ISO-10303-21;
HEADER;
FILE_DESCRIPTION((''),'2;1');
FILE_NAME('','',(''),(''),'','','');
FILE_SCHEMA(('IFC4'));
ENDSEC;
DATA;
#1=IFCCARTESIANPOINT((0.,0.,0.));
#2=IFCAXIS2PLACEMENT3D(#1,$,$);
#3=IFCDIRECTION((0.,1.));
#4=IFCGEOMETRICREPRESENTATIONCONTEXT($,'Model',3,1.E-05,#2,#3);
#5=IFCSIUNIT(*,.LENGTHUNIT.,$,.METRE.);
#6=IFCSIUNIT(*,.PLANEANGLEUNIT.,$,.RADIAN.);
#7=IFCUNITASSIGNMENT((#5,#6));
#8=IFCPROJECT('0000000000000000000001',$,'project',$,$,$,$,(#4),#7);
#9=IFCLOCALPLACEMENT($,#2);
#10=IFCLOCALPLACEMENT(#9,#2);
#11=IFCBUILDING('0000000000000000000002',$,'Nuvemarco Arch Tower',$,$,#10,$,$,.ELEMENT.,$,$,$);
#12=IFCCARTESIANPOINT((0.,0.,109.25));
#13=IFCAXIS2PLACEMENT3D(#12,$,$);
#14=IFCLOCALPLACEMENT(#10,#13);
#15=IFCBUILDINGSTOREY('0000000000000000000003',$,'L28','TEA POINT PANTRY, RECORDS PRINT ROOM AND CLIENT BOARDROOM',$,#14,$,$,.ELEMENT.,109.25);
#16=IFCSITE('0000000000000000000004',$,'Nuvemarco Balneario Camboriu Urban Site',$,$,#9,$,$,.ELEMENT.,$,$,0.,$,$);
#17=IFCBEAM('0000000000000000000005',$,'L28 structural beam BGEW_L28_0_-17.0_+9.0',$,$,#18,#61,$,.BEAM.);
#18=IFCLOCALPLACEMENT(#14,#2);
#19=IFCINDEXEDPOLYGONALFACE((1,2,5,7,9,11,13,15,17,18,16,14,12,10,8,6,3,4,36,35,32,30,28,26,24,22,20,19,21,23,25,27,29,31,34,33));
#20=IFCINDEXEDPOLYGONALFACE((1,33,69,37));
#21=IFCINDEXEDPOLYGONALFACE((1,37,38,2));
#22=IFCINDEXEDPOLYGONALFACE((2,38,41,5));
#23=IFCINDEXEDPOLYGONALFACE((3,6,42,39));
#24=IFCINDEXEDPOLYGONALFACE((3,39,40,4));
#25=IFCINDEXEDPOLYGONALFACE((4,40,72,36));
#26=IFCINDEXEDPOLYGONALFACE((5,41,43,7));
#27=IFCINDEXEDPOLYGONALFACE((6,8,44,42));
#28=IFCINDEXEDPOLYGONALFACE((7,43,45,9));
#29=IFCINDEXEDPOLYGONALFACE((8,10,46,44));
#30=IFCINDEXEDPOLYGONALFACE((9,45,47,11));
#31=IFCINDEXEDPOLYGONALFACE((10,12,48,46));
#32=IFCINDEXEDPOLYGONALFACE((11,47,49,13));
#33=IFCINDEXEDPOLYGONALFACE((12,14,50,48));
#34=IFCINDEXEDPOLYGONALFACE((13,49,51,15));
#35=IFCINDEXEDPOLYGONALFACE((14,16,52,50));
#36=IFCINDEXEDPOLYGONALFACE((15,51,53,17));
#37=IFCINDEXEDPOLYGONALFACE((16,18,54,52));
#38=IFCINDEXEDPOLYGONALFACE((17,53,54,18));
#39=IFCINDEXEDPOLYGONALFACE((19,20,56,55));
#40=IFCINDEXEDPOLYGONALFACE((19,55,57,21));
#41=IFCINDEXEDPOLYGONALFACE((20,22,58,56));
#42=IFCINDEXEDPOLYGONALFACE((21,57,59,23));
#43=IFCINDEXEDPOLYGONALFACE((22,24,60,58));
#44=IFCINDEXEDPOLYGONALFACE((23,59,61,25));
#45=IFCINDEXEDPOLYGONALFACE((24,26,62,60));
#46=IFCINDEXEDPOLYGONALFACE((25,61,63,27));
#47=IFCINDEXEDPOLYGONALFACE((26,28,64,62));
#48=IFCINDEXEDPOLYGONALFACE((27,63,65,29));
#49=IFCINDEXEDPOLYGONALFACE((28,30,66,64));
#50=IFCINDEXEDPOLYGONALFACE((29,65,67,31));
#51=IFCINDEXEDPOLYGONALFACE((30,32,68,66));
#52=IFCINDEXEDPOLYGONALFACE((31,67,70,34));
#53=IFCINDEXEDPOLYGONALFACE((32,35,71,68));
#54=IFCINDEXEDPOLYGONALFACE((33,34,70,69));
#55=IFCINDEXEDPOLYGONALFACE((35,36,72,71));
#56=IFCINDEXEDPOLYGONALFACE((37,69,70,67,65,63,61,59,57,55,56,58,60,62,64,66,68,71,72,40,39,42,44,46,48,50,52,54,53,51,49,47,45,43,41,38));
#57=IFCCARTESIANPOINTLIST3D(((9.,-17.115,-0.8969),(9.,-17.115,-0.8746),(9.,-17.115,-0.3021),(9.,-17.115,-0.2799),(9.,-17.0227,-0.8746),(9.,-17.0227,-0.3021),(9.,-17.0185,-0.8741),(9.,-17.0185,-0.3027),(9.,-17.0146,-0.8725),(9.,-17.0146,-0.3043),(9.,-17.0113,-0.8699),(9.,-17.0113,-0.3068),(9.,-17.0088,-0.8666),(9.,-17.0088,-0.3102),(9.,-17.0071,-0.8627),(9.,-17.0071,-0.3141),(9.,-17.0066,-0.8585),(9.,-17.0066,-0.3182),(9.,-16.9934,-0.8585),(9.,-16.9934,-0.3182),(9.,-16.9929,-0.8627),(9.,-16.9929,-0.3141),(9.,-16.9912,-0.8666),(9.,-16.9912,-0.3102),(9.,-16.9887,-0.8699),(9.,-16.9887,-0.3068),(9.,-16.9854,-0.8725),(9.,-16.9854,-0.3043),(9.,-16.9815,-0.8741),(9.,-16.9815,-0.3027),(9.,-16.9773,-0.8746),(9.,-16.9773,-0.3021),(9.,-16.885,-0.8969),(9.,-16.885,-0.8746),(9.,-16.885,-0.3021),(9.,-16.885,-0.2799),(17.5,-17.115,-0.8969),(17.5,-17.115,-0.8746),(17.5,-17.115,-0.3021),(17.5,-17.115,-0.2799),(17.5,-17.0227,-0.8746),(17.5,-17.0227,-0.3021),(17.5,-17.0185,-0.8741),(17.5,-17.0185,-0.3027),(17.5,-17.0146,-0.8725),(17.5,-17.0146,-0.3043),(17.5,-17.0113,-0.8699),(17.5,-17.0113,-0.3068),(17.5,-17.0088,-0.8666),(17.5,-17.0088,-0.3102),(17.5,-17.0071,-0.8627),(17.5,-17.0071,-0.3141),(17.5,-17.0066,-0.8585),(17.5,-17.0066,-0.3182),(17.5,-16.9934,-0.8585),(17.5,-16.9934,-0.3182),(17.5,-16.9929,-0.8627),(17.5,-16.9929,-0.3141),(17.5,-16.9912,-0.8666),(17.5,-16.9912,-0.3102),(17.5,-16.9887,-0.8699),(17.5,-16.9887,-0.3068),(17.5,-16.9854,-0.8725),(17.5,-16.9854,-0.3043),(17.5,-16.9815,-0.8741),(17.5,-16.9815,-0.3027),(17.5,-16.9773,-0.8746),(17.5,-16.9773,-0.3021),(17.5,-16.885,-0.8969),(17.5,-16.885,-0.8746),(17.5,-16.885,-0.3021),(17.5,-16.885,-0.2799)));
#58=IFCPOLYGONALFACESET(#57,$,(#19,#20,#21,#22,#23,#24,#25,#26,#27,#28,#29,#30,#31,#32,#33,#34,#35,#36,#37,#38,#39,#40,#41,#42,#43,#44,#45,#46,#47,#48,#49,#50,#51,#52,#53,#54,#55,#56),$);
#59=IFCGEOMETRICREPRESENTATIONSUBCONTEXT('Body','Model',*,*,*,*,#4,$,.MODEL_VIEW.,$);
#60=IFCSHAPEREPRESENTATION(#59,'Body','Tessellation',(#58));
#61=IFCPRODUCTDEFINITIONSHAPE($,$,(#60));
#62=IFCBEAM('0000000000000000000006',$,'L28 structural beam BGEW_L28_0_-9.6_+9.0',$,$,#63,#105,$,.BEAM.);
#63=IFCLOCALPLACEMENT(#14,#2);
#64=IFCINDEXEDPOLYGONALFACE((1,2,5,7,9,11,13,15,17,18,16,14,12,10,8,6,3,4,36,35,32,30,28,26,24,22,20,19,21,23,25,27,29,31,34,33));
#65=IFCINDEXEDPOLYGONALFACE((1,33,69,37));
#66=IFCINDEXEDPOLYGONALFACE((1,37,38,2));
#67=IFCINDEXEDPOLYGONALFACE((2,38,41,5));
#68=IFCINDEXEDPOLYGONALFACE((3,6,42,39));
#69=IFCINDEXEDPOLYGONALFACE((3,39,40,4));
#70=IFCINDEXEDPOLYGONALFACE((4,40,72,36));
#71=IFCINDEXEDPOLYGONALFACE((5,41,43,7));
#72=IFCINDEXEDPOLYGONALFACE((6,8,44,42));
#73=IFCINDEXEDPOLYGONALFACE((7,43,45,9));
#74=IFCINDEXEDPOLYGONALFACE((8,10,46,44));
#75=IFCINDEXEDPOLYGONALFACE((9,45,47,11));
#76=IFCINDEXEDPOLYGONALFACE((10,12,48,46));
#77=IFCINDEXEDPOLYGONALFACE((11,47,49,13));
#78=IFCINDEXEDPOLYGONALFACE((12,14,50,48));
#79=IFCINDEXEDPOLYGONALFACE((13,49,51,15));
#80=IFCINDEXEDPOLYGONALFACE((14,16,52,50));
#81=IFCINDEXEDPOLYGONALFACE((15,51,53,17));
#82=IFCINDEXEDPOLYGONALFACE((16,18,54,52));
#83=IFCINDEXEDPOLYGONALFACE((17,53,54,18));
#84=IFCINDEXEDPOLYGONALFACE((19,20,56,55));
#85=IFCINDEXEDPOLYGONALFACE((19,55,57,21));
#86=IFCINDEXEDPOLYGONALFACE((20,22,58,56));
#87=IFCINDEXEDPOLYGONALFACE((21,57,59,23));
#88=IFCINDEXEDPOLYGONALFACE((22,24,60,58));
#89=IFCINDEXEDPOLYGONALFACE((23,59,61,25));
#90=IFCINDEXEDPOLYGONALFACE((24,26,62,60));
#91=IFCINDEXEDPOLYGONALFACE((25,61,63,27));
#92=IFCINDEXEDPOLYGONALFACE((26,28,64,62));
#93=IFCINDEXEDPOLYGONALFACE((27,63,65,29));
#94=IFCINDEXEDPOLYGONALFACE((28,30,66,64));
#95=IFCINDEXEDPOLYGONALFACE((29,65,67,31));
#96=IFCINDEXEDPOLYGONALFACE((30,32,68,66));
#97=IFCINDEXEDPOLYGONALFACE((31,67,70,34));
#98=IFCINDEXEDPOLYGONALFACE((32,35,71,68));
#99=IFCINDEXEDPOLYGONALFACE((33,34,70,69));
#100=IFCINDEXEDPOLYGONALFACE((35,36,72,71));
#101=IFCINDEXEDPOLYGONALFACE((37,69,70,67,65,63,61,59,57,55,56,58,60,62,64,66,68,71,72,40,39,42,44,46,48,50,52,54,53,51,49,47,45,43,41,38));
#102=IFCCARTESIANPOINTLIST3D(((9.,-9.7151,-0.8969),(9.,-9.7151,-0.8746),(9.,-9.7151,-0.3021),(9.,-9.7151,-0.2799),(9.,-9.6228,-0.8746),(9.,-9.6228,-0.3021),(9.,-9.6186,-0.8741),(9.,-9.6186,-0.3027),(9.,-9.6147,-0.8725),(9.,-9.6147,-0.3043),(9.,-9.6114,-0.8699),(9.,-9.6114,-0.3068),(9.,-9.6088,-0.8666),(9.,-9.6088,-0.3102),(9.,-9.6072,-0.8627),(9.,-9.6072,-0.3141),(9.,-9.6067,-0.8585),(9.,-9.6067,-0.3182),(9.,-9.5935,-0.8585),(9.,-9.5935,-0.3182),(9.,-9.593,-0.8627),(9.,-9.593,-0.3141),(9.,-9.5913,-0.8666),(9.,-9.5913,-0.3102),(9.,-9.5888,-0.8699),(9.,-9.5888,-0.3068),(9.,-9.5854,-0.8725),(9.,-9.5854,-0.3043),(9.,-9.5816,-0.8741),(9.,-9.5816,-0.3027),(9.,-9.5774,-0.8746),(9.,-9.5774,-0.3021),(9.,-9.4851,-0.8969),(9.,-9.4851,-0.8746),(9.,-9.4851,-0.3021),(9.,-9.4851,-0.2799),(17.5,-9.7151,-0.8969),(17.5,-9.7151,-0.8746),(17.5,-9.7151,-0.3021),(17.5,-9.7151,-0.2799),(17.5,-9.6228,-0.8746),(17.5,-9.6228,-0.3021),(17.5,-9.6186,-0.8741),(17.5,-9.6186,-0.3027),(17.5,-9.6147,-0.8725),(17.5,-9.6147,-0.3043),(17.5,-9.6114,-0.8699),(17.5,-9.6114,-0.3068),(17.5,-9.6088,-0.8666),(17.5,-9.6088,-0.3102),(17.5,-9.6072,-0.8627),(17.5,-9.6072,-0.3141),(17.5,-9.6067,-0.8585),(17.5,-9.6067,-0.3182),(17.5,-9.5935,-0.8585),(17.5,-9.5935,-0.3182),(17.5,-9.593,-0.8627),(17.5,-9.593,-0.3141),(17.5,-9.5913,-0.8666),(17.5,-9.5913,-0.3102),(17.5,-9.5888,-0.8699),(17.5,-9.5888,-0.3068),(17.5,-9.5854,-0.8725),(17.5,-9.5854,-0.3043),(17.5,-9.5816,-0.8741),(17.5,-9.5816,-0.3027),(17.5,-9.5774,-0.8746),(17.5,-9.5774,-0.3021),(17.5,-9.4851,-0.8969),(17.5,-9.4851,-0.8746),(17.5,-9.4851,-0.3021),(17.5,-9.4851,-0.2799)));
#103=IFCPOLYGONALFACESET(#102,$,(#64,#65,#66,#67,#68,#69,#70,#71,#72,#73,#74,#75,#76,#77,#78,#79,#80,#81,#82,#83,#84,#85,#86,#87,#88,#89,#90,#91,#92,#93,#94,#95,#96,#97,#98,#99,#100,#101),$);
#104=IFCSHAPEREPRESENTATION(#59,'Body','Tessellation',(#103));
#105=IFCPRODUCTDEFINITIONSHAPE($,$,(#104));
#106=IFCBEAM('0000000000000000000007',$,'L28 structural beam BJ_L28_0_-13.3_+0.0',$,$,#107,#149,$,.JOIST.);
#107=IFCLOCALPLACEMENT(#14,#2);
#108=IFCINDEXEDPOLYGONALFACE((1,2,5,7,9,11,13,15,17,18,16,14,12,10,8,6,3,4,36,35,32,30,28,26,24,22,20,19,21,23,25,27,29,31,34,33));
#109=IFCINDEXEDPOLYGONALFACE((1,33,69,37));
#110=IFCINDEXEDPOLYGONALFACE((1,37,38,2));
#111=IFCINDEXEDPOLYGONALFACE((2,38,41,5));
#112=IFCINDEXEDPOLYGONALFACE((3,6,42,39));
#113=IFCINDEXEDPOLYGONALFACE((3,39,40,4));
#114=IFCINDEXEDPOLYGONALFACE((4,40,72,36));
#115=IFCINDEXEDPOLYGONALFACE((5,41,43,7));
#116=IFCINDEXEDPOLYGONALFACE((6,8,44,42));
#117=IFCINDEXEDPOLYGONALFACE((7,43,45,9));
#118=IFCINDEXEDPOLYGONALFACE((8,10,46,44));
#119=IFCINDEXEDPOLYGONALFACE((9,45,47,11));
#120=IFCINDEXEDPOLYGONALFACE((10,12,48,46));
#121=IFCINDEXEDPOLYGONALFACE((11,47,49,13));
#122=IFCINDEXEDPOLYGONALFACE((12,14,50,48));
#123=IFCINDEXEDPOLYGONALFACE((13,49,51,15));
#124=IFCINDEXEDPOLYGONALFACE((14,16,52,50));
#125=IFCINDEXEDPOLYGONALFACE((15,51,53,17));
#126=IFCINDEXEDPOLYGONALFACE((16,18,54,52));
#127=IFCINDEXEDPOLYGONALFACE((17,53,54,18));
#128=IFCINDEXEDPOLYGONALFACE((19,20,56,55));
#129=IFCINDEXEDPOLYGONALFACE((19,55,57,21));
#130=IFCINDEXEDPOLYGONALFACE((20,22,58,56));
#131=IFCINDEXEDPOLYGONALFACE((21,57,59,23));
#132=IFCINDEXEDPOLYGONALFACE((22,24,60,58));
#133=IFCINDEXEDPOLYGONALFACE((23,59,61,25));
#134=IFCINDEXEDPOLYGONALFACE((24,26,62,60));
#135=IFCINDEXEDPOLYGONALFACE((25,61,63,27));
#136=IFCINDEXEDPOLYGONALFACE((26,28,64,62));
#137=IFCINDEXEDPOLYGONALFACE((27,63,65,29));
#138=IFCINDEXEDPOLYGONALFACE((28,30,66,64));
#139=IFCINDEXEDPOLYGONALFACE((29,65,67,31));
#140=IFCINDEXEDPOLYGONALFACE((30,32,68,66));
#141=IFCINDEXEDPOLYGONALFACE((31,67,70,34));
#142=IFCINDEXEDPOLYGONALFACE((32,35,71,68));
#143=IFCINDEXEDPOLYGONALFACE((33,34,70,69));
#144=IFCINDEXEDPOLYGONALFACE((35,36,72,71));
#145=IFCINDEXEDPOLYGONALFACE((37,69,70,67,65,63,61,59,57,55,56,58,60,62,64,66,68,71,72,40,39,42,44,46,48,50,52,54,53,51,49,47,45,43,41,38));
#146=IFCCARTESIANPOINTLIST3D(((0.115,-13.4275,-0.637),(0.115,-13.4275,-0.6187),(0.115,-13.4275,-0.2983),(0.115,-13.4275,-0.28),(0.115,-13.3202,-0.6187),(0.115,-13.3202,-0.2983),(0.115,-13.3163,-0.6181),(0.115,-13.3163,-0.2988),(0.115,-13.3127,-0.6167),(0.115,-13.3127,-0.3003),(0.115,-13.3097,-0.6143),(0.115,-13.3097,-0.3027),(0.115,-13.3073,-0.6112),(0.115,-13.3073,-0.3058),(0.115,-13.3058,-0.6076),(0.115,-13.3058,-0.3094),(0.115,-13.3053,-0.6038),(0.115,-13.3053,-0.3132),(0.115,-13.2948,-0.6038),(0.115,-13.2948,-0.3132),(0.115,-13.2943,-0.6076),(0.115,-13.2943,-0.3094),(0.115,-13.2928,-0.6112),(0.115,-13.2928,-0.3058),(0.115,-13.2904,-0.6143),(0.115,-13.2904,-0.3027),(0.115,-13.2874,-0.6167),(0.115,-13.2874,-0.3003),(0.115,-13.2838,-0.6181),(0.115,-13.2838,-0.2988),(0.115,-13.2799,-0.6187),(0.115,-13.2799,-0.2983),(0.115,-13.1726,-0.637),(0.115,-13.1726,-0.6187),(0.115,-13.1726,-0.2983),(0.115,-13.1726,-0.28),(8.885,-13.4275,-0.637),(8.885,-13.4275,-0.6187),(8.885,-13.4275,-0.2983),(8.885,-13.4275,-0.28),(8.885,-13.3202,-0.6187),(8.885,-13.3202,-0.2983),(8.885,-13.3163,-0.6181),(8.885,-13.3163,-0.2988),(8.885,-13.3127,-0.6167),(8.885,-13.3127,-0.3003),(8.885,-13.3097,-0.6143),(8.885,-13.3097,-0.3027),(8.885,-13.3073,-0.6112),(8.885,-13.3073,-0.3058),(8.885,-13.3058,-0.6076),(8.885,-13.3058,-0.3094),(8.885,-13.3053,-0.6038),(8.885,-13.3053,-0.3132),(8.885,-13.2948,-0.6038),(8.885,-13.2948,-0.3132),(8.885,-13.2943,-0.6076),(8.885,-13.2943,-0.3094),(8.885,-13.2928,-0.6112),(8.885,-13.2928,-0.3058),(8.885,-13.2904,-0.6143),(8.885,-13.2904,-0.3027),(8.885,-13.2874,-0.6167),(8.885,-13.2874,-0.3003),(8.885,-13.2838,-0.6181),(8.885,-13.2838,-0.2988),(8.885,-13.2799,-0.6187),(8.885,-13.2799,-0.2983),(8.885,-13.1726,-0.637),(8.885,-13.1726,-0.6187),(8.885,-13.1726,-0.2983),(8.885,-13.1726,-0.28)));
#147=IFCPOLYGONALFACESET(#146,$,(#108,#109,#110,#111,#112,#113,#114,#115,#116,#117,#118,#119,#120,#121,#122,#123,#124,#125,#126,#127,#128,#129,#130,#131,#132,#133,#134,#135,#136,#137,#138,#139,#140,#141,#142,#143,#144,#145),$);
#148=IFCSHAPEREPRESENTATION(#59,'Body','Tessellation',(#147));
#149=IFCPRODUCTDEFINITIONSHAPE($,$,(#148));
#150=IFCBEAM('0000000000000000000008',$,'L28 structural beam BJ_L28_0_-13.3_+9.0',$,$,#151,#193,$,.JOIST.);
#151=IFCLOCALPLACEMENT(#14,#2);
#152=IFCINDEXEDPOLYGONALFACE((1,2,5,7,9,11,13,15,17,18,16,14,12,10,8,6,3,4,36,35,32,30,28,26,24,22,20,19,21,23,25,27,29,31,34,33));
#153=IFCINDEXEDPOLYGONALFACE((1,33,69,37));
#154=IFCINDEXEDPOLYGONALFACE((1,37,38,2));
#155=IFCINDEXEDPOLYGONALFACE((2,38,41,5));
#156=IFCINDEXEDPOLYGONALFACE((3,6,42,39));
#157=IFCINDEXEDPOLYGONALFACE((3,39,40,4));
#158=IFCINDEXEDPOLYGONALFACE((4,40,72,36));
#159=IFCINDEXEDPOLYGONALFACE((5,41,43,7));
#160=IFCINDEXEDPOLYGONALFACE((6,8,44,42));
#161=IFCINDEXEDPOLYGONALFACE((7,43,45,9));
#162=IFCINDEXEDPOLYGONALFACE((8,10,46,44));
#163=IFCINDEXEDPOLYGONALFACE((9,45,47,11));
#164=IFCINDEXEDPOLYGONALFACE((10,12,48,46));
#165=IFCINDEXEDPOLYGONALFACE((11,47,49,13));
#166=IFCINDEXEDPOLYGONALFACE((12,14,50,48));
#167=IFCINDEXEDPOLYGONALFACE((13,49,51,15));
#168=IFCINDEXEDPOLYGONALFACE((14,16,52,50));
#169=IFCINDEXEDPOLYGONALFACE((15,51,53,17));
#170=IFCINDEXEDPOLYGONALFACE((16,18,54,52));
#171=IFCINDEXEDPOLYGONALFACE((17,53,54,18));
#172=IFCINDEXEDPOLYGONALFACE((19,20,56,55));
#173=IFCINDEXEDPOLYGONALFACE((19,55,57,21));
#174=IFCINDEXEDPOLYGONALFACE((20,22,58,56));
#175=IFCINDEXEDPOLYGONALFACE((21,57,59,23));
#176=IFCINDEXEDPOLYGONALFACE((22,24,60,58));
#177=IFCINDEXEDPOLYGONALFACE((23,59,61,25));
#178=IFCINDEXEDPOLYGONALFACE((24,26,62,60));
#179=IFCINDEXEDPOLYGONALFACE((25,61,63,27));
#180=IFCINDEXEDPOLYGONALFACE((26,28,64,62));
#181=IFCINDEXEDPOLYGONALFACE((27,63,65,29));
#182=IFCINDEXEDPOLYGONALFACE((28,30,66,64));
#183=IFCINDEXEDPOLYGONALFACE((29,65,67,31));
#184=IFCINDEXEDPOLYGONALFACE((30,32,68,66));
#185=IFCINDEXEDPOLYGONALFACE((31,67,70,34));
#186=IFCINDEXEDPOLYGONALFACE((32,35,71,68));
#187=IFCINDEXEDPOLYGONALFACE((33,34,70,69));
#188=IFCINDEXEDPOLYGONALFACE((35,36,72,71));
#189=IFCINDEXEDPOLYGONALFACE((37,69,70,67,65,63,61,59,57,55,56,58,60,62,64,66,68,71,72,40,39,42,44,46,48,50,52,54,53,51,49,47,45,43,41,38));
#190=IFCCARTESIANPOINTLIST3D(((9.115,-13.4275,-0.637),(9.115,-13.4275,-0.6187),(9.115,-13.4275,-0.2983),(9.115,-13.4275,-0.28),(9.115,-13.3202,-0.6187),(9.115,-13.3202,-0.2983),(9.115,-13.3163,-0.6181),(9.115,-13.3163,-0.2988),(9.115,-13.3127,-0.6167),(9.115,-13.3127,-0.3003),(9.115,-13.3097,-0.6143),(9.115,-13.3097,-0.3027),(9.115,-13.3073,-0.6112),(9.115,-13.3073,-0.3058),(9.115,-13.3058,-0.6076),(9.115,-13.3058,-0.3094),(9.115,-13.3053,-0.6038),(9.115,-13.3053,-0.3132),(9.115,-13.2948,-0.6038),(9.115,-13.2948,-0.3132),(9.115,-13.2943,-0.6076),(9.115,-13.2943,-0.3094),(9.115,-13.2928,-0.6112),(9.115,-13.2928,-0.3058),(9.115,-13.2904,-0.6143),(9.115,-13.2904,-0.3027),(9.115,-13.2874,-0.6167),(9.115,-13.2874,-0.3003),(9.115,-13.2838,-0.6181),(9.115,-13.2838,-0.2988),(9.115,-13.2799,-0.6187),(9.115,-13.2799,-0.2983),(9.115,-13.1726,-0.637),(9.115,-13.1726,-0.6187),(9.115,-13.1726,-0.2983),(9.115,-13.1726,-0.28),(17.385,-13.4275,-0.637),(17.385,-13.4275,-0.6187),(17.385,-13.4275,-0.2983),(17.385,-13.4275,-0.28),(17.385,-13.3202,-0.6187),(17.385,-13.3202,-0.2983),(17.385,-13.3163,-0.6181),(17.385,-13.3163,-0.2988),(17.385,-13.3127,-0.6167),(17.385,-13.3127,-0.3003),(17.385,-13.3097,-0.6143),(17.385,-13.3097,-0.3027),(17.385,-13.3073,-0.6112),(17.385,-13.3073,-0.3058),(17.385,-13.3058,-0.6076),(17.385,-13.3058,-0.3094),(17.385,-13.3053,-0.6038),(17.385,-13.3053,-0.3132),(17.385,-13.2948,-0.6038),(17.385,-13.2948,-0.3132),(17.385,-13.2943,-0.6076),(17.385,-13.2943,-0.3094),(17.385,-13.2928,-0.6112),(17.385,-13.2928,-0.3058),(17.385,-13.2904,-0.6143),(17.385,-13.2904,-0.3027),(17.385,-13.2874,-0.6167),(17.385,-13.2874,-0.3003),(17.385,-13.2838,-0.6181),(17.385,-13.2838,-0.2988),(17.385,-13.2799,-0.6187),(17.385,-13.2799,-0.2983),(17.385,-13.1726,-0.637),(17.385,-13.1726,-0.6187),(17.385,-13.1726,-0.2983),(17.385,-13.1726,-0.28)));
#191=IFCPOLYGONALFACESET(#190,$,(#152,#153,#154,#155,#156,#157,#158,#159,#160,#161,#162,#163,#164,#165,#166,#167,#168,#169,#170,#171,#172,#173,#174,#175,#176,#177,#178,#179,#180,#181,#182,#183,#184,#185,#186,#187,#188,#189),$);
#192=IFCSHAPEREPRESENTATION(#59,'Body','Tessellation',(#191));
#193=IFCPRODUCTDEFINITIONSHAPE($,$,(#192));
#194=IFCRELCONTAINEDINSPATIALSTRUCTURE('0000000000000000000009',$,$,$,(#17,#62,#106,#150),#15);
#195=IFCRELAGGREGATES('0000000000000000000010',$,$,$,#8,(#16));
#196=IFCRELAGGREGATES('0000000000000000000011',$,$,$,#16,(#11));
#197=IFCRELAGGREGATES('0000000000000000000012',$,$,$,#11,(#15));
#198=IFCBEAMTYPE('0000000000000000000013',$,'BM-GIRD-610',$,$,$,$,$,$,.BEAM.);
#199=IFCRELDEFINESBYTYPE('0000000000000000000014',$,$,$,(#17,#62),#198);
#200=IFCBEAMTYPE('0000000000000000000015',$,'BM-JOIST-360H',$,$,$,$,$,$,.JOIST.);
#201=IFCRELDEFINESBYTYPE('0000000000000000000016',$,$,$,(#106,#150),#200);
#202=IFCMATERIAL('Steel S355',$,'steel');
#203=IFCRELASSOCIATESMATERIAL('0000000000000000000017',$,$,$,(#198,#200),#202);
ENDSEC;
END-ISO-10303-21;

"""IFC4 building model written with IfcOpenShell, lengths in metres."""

from ifc_helpers import new_model, si_unit, direction, frame, origin, origin_2d, place, context, subcontext, project, spatial, i_section, extrude, material, material_profile, profile_set, type_object, element, save


model = new_model("IFC4")

# Units and contexts
model_context = context("Model", 3, precision=1e-05, world=origin(), true_north=direction((0.0, 1.0)))
body_context = subcontext(model_context, "Body", "Model", "MODEL_VIEW")
ifc_project = project(units=[si_unit("LENGTHUNIT", "METRE"), si_unit("PLANEANGLEUNIT", "RADIAN")], contexts=[model_context])

# Site, building, storey
site_placement = place(None, origin())
site = spatial("IfcSite", under=ifc_project, at=site_placement, Name="Nuvemarco Balneario Camboriu Urban Site", CompositionType="ELEMENT", RefElevation=0.0)
building_placement = place(site_placement, origin())
building = spatial("IfcBuilding", under=site, at=building_placement, Name="Nuvemarco Arch Tower", CompositionType="ELEMENT")
storey_placement = place(building_placement, frame((0.0, 0.0, 109.25)))
storey = spatial("IfcBuildingStorey", under=building, at=storey_placement, Name="L28", Description="TEA POINT PANTRY, RECORDS PRINT ROOM AND CLIENT BOARDROOM", CompositionType="ELEMENT", Elevation=109.25)

# Shared definitions
ifc_material_1 = material(Name="Steel S355", Category="steel")

# Beams
ifc_material_profile_1 = material_profile(ifc_material_1, i_section(OverallWidth=0.23, OverallDepth=0.6169, WebThickness=0.0132, FlangeThickness=0.0222, FilletRadius=0.0161, at=origin_2d()), Name="W610x140")
ifc_profile_set_1 = profile_set([ifc_material_profile_1], Name="Steel S355")
beam_type_1 = type_object("IfcBeamType", Name="BM-GIRD-610", PredefinedType="BEAM", material=ifc_profile_set_1)
for number, where, z_axis, x_axis, name in (
    (1, (9.0, -17.0, -0.5884), (1.0, 0.0, 0.0), (0.0, 1.0, 0.0), "L28 structural beam BGEW_L28_0_-17.0_+9.0"),
    (2, (9.0, -9.6001, -0.5884), (1.0, 0.0, 0.0), (0.0, 1.0, 0.0), "L28 structural beam BGEW_L28_0_-9.6_+9.0"),
):
    element("IfcBeam", number, at=place(storey_placement, frame(where, z_axis=z_axis, x_axis=x_axis)), inside=storey, type_object=beam_type_1, Name=name, PredefinedType="BEAM", context=body_context, shape_type="SweptSolid", body=[
        extrude(i_section(OverallWidth=0.23, OverallDepth=0.6169, WebThickness=0.0132, FlangeThickness=0.0222, FilletRadius=0.0161, at=origin_2d()), origin(), (0.0, 0.0, 1.0), 8.5),
    ])
ifc_material_profile_2 = material_profile(ifc_material_1, i_section(OverallWidth=0.2549, OverallDepth=0.3569, WebThickness=0.0105, FlangeThickness=0.0183, FilletRadius=0.0149, at=origin_2d()), Name="W360x101")
ifc_profile_set_2 = profile_set([ifc_material_profile_2], Name="Steel S355")
beam_type_2 = type_object("IfcBeamType", Name="BM-JOIST-360H", PredefinedType="JOIST", material=ifc_profile_set_2)
beam_1_placement = place(storey_placement, frame((0.115, -13.3, -0.4585), z_axis=(1.0, 0.0, 0.0), x_axis=(0.0, 1.0, 0.0)))
element("IfcBeam", 3, at=beam_1_placement, inside=storey, type_object=beam_type_2, Name="L28 structural beam BJ_L28_0_-13.3_+0.0", PredefinedType="JOIST", context=body_context, shape_type="SweptSolid", body=[
    extrude(i_section(OverallWidth=0.2549, OverallDepth=0.3569, WebThickness=0.0105, FlangeThickness=0.0183, FilletRadius=0.0149, at=origin_2d()), origin(), (0.0, 0.0, 1.0), 8.77),
])
beam_2_placement = place(storey_placement, frame((9.115, -13.3, -0.4585), z_axis=(1.0, 0.0, 0.0), x_axis=(0.0, 1.0, 0.0)))
element("IfcBeam", 4, at=beam_2_placement, inside=storey, type_object=beam_type_2, Name="L28 structural beam BJ_L28_0_-13.3_+9.0", PredefinedType="JOIST", context=body_context, shape_type="SweptSolid", body=[
    extrude(i_section(OverallWidth=0.2549, OverallDepth=0.3569, WebThickness=0.0105, FlangeThickness=0.0183, FilletRadius=0.0149, at=origin_2d()), origin(), (0.0, 0.0, 1.0), 8.27),
])

save(model, "model.ifc")
